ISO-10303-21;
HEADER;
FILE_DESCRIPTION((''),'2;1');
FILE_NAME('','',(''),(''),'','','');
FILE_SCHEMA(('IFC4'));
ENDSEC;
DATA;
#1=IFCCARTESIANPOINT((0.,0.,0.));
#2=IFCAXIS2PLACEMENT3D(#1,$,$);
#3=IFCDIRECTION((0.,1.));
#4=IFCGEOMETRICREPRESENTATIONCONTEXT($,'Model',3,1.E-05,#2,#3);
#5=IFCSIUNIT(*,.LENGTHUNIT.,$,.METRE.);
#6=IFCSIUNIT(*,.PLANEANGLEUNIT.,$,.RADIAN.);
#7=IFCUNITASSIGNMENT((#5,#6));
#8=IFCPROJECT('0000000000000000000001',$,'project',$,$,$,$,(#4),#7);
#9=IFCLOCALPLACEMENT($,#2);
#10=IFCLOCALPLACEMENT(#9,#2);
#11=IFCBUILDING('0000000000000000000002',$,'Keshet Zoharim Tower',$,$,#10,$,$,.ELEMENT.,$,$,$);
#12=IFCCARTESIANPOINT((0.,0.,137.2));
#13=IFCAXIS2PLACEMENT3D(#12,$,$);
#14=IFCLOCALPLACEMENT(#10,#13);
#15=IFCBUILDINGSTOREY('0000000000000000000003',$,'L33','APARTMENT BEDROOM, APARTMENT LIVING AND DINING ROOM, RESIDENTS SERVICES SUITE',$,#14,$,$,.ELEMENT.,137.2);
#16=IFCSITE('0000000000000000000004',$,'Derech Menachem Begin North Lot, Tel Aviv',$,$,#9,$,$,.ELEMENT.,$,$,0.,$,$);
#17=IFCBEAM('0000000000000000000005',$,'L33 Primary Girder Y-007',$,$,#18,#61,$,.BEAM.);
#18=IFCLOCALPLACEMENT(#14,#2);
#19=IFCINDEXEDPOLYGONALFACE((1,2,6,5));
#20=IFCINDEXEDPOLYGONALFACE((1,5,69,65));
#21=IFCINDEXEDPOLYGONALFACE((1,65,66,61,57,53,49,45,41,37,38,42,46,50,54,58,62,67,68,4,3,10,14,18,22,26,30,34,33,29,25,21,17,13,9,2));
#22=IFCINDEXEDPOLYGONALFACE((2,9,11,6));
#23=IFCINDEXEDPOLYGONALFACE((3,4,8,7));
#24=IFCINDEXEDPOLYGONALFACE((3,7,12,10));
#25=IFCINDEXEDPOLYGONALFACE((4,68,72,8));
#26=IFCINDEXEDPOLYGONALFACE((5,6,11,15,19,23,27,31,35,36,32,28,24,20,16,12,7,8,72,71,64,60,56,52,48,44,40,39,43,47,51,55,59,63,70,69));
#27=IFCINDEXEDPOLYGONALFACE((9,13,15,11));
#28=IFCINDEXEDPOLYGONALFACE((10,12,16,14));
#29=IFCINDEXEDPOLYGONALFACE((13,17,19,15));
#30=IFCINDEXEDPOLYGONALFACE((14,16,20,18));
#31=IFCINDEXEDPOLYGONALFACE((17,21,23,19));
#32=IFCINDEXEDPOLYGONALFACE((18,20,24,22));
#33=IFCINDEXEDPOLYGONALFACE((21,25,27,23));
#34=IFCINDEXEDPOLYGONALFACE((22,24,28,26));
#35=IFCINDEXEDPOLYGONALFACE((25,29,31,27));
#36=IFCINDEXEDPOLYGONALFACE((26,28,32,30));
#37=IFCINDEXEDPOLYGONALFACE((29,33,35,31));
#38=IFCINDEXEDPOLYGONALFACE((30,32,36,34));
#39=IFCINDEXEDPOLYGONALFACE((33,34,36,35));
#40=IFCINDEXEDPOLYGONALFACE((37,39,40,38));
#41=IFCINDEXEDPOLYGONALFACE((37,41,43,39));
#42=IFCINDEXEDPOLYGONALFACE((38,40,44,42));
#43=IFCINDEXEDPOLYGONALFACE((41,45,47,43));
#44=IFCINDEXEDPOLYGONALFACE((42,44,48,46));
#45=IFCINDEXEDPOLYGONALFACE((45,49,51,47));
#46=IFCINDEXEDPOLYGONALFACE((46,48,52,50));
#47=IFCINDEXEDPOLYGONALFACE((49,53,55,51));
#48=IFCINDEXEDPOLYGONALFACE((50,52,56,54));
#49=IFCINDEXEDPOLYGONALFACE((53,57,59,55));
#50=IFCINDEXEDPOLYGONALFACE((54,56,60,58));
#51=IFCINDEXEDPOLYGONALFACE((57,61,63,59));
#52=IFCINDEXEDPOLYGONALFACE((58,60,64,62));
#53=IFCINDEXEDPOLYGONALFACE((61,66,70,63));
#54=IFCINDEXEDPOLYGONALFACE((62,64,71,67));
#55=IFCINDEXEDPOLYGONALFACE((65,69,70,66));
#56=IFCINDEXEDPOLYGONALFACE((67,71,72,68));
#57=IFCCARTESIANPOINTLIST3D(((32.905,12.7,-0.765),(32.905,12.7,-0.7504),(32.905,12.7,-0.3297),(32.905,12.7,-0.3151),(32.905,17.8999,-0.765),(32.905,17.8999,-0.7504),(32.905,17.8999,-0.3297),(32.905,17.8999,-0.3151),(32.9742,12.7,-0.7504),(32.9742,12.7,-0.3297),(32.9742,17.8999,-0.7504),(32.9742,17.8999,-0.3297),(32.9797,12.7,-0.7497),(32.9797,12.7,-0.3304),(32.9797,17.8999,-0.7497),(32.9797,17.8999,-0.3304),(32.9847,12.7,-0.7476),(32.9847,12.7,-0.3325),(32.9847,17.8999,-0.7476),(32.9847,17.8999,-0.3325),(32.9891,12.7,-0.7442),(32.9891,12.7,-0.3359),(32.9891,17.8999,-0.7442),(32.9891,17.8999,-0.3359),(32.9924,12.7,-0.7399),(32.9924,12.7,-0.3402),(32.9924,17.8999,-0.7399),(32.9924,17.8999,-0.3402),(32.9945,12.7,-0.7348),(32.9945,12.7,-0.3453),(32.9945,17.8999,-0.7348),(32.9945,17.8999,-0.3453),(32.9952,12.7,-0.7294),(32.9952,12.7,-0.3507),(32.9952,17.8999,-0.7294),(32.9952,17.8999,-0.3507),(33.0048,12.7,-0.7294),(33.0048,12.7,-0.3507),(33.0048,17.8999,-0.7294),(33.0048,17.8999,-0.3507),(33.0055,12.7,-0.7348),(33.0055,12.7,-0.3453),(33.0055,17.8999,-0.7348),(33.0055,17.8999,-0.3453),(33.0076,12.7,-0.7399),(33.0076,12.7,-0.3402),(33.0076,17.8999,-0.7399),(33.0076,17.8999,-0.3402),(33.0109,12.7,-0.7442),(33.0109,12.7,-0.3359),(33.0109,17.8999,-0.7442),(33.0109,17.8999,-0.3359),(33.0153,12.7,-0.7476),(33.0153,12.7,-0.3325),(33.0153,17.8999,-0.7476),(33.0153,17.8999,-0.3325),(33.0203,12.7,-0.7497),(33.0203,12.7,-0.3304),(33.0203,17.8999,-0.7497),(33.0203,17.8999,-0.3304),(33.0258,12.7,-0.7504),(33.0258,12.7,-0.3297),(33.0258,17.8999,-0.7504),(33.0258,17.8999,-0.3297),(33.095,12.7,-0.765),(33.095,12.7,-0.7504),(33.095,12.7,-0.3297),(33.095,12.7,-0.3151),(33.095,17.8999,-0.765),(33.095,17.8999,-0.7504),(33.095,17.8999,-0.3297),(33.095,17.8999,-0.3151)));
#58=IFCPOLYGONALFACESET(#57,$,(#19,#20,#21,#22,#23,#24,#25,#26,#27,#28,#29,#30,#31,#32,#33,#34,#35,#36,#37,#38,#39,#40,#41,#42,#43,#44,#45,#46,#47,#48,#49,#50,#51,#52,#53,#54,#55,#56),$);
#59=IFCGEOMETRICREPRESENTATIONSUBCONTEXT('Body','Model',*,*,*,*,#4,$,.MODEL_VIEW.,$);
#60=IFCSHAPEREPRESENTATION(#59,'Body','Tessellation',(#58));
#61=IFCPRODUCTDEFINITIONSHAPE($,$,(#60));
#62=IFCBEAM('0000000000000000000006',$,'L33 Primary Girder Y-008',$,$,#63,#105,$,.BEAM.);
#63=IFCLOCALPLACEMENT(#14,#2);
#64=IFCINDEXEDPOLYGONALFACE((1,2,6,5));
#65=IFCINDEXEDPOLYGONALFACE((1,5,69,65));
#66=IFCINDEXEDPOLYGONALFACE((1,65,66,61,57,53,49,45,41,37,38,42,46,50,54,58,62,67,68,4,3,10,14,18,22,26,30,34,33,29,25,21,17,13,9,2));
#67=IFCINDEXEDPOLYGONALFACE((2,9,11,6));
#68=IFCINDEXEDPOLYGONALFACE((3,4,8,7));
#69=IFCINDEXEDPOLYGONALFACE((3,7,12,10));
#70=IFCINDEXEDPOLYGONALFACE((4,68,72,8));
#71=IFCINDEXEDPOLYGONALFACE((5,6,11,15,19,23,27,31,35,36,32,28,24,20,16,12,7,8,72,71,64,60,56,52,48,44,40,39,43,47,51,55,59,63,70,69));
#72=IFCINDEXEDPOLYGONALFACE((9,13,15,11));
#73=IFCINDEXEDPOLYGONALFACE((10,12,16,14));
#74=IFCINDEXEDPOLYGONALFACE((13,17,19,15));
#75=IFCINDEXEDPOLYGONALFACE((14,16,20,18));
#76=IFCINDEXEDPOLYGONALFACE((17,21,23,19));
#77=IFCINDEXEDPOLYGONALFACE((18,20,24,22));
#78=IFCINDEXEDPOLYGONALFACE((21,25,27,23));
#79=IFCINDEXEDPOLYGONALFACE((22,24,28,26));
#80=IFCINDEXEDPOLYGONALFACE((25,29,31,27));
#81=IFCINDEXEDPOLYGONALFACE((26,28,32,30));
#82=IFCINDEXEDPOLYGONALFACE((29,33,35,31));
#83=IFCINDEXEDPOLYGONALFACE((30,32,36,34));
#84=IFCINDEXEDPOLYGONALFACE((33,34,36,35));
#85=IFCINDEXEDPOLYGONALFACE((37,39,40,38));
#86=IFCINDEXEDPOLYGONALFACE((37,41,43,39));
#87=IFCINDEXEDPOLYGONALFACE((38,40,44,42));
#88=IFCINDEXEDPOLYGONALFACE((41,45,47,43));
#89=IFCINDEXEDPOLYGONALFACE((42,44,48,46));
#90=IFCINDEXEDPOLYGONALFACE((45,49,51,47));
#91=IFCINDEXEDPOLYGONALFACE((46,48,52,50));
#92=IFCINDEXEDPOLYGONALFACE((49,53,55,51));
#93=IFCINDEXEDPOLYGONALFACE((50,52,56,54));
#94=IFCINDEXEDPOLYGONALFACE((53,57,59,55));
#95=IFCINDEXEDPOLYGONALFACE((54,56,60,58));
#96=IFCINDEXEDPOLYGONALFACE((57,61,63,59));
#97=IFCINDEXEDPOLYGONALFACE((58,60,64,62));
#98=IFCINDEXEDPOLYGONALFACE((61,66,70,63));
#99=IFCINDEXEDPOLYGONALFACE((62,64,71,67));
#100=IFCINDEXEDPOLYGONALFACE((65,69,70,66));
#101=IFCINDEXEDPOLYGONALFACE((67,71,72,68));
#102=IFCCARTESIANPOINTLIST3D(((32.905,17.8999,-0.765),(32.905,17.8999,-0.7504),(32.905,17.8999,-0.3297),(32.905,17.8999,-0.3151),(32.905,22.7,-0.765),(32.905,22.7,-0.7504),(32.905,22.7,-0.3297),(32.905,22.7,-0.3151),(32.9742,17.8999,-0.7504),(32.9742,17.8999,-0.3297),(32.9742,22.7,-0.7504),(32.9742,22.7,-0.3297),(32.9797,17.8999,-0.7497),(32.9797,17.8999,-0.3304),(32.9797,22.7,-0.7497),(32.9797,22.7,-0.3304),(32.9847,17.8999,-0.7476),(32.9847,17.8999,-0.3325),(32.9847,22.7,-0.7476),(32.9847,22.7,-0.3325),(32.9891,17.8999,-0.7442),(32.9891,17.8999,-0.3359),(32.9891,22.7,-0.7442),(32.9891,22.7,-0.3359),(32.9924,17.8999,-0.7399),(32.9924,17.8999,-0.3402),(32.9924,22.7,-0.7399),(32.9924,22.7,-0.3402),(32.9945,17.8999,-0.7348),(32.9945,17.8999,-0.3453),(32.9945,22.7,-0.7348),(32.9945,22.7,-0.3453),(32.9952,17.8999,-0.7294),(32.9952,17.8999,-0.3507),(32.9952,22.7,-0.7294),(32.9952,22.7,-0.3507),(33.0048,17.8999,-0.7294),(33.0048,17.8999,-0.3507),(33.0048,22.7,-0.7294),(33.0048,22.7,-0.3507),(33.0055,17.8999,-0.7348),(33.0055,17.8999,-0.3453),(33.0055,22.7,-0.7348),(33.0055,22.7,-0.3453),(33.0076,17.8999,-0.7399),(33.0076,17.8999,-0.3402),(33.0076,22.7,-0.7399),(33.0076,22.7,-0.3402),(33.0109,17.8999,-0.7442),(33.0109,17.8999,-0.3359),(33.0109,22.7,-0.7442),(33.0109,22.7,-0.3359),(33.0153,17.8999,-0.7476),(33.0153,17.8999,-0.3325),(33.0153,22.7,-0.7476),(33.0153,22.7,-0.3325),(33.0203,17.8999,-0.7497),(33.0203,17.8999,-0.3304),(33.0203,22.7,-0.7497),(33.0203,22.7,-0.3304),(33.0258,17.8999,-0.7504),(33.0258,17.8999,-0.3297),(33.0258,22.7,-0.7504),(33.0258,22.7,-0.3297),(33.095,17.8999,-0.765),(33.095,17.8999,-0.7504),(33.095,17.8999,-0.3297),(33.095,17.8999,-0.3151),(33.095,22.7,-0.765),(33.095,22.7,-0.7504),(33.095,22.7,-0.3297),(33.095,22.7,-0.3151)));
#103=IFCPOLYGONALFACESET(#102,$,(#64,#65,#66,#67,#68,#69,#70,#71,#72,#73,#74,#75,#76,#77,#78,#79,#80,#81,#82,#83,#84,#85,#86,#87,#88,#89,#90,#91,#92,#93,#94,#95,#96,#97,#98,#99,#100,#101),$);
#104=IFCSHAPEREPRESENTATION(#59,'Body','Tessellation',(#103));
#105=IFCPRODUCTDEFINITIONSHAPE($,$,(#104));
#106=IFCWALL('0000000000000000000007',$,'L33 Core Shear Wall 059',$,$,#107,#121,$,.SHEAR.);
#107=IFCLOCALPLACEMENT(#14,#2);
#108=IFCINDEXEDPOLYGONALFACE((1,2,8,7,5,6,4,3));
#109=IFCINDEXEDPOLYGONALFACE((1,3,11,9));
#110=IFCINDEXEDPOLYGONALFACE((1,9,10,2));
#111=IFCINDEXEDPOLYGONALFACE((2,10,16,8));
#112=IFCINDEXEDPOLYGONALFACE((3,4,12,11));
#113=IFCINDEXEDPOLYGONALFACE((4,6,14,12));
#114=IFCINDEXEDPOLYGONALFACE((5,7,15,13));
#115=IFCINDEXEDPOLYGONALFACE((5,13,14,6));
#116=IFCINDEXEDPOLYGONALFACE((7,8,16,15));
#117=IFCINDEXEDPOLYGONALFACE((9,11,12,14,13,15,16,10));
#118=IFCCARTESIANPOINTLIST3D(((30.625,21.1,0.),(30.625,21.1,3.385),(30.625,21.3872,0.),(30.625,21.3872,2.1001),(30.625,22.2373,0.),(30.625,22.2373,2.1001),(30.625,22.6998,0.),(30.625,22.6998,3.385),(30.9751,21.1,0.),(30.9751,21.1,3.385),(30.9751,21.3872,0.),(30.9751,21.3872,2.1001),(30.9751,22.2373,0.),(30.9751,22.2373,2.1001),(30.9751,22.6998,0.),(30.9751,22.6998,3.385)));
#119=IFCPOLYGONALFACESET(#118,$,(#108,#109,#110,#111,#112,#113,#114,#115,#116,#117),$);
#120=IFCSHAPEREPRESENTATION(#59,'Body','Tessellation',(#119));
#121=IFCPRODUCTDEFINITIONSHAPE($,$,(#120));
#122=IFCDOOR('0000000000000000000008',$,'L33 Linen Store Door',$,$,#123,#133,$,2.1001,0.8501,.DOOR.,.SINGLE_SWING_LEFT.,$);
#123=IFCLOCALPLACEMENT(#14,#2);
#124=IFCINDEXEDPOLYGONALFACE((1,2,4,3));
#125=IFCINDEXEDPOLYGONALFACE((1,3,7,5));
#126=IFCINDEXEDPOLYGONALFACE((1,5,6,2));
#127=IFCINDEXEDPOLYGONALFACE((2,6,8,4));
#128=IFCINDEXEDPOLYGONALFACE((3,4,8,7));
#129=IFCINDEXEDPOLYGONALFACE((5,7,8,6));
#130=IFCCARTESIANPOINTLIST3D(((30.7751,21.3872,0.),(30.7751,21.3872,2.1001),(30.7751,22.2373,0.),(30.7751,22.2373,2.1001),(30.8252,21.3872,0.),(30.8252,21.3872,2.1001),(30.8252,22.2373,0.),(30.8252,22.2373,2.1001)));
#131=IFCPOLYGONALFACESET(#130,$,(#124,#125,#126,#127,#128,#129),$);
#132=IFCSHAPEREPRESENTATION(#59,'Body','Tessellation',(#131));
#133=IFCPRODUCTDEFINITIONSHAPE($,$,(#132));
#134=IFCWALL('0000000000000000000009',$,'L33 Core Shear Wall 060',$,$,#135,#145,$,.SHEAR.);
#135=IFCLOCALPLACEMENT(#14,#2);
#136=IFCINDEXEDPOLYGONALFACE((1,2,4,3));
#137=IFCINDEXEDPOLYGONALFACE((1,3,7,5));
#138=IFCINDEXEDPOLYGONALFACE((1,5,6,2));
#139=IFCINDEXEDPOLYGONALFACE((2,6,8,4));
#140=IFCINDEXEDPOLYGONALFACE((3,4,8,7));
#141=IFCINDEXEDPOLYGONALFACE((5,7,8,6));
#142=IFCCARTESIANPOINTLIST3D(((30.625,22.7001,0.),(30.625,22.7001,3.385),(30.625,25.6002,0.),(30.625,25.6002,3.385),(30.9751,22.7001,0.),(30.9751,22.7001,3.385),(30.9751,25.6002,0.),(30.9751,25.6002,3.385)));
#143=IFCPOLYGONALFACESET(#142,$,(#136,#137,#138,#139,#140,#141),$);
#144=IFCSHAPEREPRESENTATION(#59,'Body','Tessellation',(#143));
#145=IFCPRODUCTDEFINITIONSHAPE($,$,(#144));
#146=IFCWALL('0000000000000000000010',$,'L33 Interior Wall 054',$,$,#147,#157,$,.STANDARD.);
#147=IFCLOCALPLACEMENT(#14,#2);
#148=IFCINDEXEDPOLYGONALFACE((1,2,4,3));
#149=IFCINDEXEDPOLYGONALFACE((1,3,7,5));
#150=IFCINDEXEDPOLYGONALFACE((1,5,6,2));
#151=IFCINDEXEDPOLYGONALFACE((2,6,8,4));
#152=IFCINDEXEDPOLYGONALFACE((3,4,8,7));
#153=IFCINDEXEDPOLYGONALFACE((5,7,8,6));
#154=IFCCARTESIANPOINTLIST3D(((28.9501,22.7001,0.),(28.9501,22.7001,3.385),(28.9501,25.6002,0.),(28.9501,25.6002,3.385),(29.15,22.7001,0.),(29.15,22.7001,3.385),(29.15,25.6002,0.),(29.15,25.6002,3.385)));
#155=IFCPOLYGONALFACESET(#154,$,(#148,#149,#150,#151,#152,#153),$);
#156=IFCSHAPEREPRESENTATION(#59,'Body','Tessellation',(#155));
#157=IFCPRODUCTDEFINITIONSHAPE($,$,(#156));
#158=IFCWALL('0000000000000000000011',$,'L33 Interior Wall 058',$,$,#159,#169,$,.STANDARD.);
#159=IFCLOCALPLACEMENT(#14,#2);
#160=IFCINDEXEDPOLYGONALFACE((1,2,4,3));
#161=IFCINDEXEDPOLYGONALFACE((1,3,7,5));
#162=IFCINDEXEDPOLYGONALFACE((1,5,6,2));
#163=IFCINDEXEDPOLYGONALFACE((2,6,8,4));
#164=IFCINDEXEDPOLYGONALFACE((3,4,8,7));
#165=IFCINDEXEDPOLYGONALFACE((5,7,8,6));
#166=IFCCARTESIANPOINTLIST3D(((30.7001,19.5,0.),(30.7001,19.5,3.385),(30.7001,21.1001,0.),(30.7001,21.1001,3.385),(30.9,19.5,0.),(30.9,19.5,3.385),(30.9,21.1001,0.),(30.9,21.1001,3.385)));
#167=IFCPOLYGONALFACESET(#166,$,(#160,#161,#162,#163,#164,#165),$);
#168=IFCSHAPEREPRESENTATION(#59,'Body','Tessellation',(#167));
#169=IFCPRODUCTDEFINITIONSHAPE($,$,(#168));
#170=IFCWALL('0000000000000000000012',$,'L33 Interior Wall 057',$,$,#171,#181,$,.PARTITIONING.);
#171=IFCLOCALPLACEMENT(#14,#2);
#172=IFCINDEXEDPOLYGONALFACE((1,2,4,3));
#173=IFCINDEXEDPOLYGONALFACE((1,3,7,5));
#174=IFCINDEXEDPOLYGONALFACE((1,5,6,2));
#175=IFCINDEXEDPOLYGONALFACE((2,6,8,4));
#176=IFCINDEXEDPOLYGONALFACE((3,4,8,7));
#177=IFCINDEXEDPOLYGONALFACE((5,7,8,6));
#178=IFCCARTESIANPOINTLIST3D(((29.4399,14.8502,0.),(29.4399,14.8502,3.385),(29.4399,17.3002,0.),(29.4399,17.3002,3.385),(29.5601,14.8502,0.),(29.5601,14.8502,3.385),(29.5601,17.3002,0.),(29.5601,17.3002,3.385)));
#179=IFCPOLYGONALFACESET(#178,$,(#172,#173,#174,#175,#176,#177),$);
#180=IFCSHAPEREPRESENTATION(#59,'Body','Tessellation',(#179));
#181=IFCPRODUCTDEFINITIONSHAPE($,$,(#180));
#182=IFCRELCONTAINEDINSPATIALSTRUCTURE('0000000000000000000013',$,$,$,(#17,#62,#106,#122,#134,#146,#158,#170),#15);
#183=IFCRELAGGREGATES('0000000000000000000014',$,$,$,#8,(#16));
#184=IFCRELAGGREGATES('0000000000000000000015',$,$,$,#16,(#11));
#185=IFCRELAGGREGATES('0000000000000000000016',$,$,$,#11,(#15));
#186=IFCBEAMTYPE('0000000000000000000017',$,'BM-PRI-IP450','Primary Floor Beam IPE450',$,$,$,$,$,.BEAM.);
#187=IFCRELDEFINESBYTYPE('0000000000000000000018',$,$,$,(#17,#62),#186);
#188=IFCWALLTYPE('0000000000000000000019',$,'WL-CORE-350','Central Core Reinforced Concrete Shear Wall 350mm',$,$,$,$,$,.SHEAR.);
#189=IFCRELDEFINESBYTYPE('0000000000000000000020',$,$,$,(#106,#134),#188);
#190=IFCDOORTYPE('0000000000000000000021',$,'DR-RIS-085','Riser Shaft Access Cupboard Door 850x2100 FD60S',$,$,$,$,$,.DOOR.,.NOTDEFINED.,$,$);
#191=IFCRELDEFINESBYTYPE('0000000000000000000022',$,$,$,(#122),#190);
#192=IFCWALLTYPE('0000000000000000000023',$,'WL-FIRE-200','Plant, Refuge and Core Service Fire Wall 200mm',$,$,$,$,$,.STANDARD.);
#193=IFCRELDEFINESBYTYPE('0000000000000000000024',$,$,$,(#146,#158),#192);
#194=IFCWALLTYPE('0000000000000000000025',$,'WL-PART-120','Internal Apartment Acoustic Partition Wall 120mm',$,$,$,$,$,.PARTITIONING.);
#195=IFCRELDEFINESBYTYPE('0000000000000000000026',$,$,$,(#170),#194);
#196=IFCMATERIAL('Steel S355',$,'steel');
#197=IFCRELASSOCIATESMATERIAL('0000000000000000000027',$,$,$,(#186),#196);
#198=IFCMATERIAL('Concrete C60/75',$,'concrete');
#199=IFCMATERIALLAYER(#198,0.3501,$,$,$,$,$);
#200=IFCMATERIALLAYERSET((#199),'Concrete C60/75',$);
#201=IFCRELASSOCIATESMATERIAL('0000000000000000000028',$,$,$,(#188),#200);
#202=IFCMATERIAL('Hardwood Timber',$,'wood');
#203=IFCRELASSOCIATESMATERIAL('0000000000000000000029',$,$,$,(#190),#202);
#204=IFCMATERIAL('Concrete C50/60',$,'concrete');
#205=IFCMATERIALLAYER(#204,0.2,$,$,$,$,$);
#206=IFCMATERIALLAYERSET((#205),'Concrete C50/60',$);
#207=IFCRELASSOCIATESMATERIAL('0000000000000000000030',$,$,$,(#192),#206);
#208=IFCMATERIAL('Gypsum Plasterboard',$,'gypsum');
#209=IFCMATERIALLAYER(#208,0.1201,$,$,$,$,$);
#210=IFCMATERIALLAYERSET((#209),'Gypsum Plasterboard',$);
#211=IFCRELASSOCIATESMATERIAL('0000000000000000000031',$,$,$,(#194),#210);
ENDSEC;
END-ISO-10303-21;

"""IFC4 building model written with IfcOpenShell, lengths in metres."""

from ifc_helpers import new_model, si_unit, direction, frame, frame_2d, origin, origin_2d, place, context, subcontext, project, spatial, rectangle, i_section, extrude, material, layer, layer_set, material_profile, profile_set, type_object, element, fill, save


model = new_model("IFC4")

# Units and contexts
model_context = context("Model", 3, precision=1e-05, world=origin(), true_north=direction((0.0, 1.0)))
body_context = subcontext(model_context, "Body", "Model", "MODEL_VIEW")
ifc_project = project(units=[si_unit("LENGTHUNIT", "METRE"), si_unit("PLANEANGLEUNIT", "RADIAN")], contexts=[model_context])

# Site, building, storey
site_placement = place(None, origin())
site = spatial("IfcSite", under=ifc_project, at=site_placement, Name="Derech Menachem Begin North Lot, Tel Aviv", CompositionType="ELEMENT", RefElevation=0.0)
building_placement = place(site_placement, origin())
building = spatial("IfcBuilding", under=site, at=building_placement, Name="Keshet Zoharim Tower", CompositionType="ELEMENT")
storey_placement = place(building_placement, frame((0.0, 0.0, 137.2)))
storey = spatial("IfcBuildingStorey", under=building, at=storey_placement, Name="L33", Description="APARTMENT BEDROOM, APARTMENT LIVING AND DINING ROOM, RESIDENTS SERVICES SUITE", CompositionType="ELEMENT", Elevation=137.2)

# Shared definitions
ifc_material_1 = material(Name="Concrete C60/75", Category="concrete")

# Beams
ifc_material_2 = material(Name="Steel S355", Category="steel")
ifc_material_profile_1 = material_profile(ifc_material_2, i_section(OverallWidth=0.1899, OverallDepth=0.45, WebThickness=0.0095, FlangeThickness=0.0146, FilletRadius=0.021, at=origin_2d()), Name="IPE450")
ifc_profile_set_1 = profile_set([ifc_material_profile_1], Name="Steel S355")
beam_type_1 = type_object("IfcBeamType", Name="BM-PRI-IP450", Description="Primary Floor Beam IPE450", PredefinedType="BEAM", material=ifc_profile_set_1)
beam_1_placement = place(storey_placement, frame((33.0, 12.7, -0.54), z_axis=(0.0, 1.0, 0.0), x_axis=(-1.0, 0.0, 0.0)))
element("IfcBeam", 1, at=beam_1_placement, inside=storey, type_object=beam_type_1, Name="L33 Primary Girder Y-007", PredefinedType="BEAM", context=body_context, shape_type="SweptSolid", body=[
    extrude(i_section(OverallWidth=0.1899, OverallDepth=0.45, WebThickness=0.0095, FlangeThickness=0.0146, FilletRadius=0.021, at=origin_2d()), origin(), (0.0, 0.0, 1.0), 5.2),
])
beam_2_placement = place(storey_placement, frame((33.0, 17.8999, -0.54), z_axis=(0.0, 1.0, 0.0), x_axis=(-1.0, 0.0, 0.0)))
element("IfcBeam", 2, at=beam_2_placement, inside=storey, type_object=beam_type_1, Name="L33 Primary Girder Y-008", PredefinedType="BEAM", context=body_context, shape_type="SweptSolid", body=[
    extrude(i_section(OverallWidth=0.1899, OverallDepth=0.45, WebThickness=0.0095, FlangeThickness=0.0146, FilletRadius=0.021, at=origin_2d()), origin(), (0.0, 0.0, 1.0), 4.8),
])

# Wall, opening, door
ifc_material_3 = material(Name="Gypsum Plasterboard", Category="gypsum")
ifc_material_4 = material(Name="Hardwood Timber", Category="wood")
ifc_layer_1 = layer(ifc_material_1, 0.3501)
ifc_layer_set_1 = layer_set([ifc_layer_1], Name="Concrete C60/75")
wall_type_1 = type_object("IfcWallType", Name="WL-CORE-350", Description="Central Core Reinforced Concrete Shear Wall 350mm", PredefinedType="SHEAR", material=ifc_layer_set_1)
wall_1_placement = place(storey_placement, frame((30.8, 21.1001, 0.0), z_axis=(0.0, 0.0, 1.0), x_axis=(0.0, 1.0, 0.0)))
wall_1 = element("IfcWall", 3, at=wall_1_placement, inside=storey, type_object=wall_type_1, Name="L33 Core Shear Wall 059", PredefinedType="SHEAR", context=body_context, shape_type="SweptSolid", body=[
    extrude(rectangle(XDim=1.5999, YDim=0.3501, at=frame_2d((0.7998, 0.0))), origin(), (0.0, 0.0, 1.0), 3.385),
])
opening_1_placement = place(wall_1_placement, frame((0.2871, 0.0, 0.0)))
opening_1 = element("IfcOpeningElement", 4, at=opening_1_placement, cuts=wall_1, PredefinedType="OPENING", context=body_context, shape_type="SweptSolid", body=[
    extrude(rectangle(XDim=0.8501, YDim=2.1001, at=frame_2d((0.425, 1.05))), frame((0.0, 0.1851, 0.0), z_axis=(0.0, -1.0, 0.0), x_axis=(1.0, 0.0, 0.0)), (0.0, 0.0, 1.0), 0.3701),
])
door_type_1 = type_object("IfcDoorType", Name="DR-RIS-085", Description="Riser Shaft Access Cupboard Door 850x2100 FD60S", OperationType="NOTDEFINED", PredefinedType="DOOR", material=ifc_material_4)
door_1_placement = place(opening_1_placement, origin())
door_1 = element("IfcDoor", 5, at=door_1_placement, inside=storey, type_object=door_type_1, Name="L33 Linen Store Door", OperationType="SINGLE_SWING_LEFT", OverallHeight=2.1001, OverallWidth=0.8501, PredefinedType="DOOR", context=body_context, shape_type="SweptSolid", body=[
    extrude(rectangle(XDim=0.8501, YDim=2.1001, at=frame_2d((0.425, 1.05))), frame((0.0, 0.0249, 0.0), z_axis=(0.0, -1.0, 0.0), x_axis=(1.0, 0.0, 0.0)), (0.0, 0.0, 1.0), 0.05),
])
fill(opening_1, door_1)

# Wall
wall_2_placement = place(storey_placement, frame((30.8, 22.7, 0.0), z_axis=(0.0, 0.0, 1.0), x_axis=(0.0, 1.0, 0.0)))
element("IfcWall", 6, at=wall_2_placement, inside=storey, type_object=wall_type_1, Name="L33 Core Shear Wall 060", PredefinedType="SHEAR", context=body_context, shape_type="SweptSolid", body=[
    extrude(rectangle(XDim=2.9001, YDim=0.3501, at=frame_2d((1.4502, 0.0))), origin(), (0.0, 0.0, 1.0), 3.385),
])

# Walls
ifc_material_5 = material(Name="Concrete C50/60", Category="concrete")
ifc_layer_2 = layer(ifc_material_5, 0.2)
ifc_layer_set_2 = layer_set([ifc_layer_2], Name="Concrete C50/60")
wall_type_2 = type_object("IfcWallType", Name="WL-FIRE-200", Description="Plant, Refuge and Core Service Fire Wall 200mm", PredefinedType="STANDARD", material=ifc_layer_set_2)
wall_3_placement = place(storey_placement, frame((29.05, 22.7, 0.0), z_axis=(0.0, 0.0, 1.0), x_axis=(0.0, 1.0, 0.0)))
element("IfcWall", 7, at=wall_3_placement, inside=storey, type_object=wall_type_2, Name="L33 Interior Wall 054", PredefinedType="STANDARD", context=body_context, shape_type="SweptSolid", body=[
    extrude(rectangle(XDim=2.9001, YDim=0.2, at=frame_2d((1.4502, 0.0))), origin(), (0.0, 0.0, 1.0), 3.385),
])
wall_4_placement = place(storey_placement, frame((30.8, 19.5, 0.0), z_axis=(0.0, 0.0, 1.0), x_axis=(0.0, 1.0, 0.0)))
element("IfcWall", 8, at=wall_4_placement, inside=storey, type_object=wall_type_2, Name="L33 Interior Wall 058", PredefinedType="STANDARD", context=body_context, shape_type="SweptSolid", body=[
    extrude(rectangle(XDim=1.6001, YDim=0.2, at=frame_2d((0.8, 0.0))), origin(), (0.0, 0.0, 1.0), 3.385),
])
ifc_layer_3 = layer(ifc_material_3, 0.1201)
ifc_layer_set_3 = layer_set([ifc_layer_3], Name="Gypsum Plasterboard")
wall_type_3 = type_object("IfcWallType", Name="WL-PART-120", Description="Internal Apartment Acoustic Partition Wall 120mm", PredefinedType="PARTITIONING", material=ifc_layer_set_3)
wall_5_placement = place(storey_placement, frame((29.5, 14.8501, 0.0), z_axis=(0.0, 0.0, 1.0), x_axis=(0.0, 1.0, 0.0)))
element("IfcWall", 9, at=wall_5_placement, inside=storey, type_object=wall_type_3, Name="L33 Interior Wall 057", PredefinedType="PARTITIONING", context=body_context, shape_type="SweptSolid", body=[
    extrude(rectangle(XDim=2.45, YDim=0.1201, at=frame_2d((1.2251, 0.0))), origin(), (0.0, 0.0, 1.0), 3.385),
])

save(model, "model.ifc")
